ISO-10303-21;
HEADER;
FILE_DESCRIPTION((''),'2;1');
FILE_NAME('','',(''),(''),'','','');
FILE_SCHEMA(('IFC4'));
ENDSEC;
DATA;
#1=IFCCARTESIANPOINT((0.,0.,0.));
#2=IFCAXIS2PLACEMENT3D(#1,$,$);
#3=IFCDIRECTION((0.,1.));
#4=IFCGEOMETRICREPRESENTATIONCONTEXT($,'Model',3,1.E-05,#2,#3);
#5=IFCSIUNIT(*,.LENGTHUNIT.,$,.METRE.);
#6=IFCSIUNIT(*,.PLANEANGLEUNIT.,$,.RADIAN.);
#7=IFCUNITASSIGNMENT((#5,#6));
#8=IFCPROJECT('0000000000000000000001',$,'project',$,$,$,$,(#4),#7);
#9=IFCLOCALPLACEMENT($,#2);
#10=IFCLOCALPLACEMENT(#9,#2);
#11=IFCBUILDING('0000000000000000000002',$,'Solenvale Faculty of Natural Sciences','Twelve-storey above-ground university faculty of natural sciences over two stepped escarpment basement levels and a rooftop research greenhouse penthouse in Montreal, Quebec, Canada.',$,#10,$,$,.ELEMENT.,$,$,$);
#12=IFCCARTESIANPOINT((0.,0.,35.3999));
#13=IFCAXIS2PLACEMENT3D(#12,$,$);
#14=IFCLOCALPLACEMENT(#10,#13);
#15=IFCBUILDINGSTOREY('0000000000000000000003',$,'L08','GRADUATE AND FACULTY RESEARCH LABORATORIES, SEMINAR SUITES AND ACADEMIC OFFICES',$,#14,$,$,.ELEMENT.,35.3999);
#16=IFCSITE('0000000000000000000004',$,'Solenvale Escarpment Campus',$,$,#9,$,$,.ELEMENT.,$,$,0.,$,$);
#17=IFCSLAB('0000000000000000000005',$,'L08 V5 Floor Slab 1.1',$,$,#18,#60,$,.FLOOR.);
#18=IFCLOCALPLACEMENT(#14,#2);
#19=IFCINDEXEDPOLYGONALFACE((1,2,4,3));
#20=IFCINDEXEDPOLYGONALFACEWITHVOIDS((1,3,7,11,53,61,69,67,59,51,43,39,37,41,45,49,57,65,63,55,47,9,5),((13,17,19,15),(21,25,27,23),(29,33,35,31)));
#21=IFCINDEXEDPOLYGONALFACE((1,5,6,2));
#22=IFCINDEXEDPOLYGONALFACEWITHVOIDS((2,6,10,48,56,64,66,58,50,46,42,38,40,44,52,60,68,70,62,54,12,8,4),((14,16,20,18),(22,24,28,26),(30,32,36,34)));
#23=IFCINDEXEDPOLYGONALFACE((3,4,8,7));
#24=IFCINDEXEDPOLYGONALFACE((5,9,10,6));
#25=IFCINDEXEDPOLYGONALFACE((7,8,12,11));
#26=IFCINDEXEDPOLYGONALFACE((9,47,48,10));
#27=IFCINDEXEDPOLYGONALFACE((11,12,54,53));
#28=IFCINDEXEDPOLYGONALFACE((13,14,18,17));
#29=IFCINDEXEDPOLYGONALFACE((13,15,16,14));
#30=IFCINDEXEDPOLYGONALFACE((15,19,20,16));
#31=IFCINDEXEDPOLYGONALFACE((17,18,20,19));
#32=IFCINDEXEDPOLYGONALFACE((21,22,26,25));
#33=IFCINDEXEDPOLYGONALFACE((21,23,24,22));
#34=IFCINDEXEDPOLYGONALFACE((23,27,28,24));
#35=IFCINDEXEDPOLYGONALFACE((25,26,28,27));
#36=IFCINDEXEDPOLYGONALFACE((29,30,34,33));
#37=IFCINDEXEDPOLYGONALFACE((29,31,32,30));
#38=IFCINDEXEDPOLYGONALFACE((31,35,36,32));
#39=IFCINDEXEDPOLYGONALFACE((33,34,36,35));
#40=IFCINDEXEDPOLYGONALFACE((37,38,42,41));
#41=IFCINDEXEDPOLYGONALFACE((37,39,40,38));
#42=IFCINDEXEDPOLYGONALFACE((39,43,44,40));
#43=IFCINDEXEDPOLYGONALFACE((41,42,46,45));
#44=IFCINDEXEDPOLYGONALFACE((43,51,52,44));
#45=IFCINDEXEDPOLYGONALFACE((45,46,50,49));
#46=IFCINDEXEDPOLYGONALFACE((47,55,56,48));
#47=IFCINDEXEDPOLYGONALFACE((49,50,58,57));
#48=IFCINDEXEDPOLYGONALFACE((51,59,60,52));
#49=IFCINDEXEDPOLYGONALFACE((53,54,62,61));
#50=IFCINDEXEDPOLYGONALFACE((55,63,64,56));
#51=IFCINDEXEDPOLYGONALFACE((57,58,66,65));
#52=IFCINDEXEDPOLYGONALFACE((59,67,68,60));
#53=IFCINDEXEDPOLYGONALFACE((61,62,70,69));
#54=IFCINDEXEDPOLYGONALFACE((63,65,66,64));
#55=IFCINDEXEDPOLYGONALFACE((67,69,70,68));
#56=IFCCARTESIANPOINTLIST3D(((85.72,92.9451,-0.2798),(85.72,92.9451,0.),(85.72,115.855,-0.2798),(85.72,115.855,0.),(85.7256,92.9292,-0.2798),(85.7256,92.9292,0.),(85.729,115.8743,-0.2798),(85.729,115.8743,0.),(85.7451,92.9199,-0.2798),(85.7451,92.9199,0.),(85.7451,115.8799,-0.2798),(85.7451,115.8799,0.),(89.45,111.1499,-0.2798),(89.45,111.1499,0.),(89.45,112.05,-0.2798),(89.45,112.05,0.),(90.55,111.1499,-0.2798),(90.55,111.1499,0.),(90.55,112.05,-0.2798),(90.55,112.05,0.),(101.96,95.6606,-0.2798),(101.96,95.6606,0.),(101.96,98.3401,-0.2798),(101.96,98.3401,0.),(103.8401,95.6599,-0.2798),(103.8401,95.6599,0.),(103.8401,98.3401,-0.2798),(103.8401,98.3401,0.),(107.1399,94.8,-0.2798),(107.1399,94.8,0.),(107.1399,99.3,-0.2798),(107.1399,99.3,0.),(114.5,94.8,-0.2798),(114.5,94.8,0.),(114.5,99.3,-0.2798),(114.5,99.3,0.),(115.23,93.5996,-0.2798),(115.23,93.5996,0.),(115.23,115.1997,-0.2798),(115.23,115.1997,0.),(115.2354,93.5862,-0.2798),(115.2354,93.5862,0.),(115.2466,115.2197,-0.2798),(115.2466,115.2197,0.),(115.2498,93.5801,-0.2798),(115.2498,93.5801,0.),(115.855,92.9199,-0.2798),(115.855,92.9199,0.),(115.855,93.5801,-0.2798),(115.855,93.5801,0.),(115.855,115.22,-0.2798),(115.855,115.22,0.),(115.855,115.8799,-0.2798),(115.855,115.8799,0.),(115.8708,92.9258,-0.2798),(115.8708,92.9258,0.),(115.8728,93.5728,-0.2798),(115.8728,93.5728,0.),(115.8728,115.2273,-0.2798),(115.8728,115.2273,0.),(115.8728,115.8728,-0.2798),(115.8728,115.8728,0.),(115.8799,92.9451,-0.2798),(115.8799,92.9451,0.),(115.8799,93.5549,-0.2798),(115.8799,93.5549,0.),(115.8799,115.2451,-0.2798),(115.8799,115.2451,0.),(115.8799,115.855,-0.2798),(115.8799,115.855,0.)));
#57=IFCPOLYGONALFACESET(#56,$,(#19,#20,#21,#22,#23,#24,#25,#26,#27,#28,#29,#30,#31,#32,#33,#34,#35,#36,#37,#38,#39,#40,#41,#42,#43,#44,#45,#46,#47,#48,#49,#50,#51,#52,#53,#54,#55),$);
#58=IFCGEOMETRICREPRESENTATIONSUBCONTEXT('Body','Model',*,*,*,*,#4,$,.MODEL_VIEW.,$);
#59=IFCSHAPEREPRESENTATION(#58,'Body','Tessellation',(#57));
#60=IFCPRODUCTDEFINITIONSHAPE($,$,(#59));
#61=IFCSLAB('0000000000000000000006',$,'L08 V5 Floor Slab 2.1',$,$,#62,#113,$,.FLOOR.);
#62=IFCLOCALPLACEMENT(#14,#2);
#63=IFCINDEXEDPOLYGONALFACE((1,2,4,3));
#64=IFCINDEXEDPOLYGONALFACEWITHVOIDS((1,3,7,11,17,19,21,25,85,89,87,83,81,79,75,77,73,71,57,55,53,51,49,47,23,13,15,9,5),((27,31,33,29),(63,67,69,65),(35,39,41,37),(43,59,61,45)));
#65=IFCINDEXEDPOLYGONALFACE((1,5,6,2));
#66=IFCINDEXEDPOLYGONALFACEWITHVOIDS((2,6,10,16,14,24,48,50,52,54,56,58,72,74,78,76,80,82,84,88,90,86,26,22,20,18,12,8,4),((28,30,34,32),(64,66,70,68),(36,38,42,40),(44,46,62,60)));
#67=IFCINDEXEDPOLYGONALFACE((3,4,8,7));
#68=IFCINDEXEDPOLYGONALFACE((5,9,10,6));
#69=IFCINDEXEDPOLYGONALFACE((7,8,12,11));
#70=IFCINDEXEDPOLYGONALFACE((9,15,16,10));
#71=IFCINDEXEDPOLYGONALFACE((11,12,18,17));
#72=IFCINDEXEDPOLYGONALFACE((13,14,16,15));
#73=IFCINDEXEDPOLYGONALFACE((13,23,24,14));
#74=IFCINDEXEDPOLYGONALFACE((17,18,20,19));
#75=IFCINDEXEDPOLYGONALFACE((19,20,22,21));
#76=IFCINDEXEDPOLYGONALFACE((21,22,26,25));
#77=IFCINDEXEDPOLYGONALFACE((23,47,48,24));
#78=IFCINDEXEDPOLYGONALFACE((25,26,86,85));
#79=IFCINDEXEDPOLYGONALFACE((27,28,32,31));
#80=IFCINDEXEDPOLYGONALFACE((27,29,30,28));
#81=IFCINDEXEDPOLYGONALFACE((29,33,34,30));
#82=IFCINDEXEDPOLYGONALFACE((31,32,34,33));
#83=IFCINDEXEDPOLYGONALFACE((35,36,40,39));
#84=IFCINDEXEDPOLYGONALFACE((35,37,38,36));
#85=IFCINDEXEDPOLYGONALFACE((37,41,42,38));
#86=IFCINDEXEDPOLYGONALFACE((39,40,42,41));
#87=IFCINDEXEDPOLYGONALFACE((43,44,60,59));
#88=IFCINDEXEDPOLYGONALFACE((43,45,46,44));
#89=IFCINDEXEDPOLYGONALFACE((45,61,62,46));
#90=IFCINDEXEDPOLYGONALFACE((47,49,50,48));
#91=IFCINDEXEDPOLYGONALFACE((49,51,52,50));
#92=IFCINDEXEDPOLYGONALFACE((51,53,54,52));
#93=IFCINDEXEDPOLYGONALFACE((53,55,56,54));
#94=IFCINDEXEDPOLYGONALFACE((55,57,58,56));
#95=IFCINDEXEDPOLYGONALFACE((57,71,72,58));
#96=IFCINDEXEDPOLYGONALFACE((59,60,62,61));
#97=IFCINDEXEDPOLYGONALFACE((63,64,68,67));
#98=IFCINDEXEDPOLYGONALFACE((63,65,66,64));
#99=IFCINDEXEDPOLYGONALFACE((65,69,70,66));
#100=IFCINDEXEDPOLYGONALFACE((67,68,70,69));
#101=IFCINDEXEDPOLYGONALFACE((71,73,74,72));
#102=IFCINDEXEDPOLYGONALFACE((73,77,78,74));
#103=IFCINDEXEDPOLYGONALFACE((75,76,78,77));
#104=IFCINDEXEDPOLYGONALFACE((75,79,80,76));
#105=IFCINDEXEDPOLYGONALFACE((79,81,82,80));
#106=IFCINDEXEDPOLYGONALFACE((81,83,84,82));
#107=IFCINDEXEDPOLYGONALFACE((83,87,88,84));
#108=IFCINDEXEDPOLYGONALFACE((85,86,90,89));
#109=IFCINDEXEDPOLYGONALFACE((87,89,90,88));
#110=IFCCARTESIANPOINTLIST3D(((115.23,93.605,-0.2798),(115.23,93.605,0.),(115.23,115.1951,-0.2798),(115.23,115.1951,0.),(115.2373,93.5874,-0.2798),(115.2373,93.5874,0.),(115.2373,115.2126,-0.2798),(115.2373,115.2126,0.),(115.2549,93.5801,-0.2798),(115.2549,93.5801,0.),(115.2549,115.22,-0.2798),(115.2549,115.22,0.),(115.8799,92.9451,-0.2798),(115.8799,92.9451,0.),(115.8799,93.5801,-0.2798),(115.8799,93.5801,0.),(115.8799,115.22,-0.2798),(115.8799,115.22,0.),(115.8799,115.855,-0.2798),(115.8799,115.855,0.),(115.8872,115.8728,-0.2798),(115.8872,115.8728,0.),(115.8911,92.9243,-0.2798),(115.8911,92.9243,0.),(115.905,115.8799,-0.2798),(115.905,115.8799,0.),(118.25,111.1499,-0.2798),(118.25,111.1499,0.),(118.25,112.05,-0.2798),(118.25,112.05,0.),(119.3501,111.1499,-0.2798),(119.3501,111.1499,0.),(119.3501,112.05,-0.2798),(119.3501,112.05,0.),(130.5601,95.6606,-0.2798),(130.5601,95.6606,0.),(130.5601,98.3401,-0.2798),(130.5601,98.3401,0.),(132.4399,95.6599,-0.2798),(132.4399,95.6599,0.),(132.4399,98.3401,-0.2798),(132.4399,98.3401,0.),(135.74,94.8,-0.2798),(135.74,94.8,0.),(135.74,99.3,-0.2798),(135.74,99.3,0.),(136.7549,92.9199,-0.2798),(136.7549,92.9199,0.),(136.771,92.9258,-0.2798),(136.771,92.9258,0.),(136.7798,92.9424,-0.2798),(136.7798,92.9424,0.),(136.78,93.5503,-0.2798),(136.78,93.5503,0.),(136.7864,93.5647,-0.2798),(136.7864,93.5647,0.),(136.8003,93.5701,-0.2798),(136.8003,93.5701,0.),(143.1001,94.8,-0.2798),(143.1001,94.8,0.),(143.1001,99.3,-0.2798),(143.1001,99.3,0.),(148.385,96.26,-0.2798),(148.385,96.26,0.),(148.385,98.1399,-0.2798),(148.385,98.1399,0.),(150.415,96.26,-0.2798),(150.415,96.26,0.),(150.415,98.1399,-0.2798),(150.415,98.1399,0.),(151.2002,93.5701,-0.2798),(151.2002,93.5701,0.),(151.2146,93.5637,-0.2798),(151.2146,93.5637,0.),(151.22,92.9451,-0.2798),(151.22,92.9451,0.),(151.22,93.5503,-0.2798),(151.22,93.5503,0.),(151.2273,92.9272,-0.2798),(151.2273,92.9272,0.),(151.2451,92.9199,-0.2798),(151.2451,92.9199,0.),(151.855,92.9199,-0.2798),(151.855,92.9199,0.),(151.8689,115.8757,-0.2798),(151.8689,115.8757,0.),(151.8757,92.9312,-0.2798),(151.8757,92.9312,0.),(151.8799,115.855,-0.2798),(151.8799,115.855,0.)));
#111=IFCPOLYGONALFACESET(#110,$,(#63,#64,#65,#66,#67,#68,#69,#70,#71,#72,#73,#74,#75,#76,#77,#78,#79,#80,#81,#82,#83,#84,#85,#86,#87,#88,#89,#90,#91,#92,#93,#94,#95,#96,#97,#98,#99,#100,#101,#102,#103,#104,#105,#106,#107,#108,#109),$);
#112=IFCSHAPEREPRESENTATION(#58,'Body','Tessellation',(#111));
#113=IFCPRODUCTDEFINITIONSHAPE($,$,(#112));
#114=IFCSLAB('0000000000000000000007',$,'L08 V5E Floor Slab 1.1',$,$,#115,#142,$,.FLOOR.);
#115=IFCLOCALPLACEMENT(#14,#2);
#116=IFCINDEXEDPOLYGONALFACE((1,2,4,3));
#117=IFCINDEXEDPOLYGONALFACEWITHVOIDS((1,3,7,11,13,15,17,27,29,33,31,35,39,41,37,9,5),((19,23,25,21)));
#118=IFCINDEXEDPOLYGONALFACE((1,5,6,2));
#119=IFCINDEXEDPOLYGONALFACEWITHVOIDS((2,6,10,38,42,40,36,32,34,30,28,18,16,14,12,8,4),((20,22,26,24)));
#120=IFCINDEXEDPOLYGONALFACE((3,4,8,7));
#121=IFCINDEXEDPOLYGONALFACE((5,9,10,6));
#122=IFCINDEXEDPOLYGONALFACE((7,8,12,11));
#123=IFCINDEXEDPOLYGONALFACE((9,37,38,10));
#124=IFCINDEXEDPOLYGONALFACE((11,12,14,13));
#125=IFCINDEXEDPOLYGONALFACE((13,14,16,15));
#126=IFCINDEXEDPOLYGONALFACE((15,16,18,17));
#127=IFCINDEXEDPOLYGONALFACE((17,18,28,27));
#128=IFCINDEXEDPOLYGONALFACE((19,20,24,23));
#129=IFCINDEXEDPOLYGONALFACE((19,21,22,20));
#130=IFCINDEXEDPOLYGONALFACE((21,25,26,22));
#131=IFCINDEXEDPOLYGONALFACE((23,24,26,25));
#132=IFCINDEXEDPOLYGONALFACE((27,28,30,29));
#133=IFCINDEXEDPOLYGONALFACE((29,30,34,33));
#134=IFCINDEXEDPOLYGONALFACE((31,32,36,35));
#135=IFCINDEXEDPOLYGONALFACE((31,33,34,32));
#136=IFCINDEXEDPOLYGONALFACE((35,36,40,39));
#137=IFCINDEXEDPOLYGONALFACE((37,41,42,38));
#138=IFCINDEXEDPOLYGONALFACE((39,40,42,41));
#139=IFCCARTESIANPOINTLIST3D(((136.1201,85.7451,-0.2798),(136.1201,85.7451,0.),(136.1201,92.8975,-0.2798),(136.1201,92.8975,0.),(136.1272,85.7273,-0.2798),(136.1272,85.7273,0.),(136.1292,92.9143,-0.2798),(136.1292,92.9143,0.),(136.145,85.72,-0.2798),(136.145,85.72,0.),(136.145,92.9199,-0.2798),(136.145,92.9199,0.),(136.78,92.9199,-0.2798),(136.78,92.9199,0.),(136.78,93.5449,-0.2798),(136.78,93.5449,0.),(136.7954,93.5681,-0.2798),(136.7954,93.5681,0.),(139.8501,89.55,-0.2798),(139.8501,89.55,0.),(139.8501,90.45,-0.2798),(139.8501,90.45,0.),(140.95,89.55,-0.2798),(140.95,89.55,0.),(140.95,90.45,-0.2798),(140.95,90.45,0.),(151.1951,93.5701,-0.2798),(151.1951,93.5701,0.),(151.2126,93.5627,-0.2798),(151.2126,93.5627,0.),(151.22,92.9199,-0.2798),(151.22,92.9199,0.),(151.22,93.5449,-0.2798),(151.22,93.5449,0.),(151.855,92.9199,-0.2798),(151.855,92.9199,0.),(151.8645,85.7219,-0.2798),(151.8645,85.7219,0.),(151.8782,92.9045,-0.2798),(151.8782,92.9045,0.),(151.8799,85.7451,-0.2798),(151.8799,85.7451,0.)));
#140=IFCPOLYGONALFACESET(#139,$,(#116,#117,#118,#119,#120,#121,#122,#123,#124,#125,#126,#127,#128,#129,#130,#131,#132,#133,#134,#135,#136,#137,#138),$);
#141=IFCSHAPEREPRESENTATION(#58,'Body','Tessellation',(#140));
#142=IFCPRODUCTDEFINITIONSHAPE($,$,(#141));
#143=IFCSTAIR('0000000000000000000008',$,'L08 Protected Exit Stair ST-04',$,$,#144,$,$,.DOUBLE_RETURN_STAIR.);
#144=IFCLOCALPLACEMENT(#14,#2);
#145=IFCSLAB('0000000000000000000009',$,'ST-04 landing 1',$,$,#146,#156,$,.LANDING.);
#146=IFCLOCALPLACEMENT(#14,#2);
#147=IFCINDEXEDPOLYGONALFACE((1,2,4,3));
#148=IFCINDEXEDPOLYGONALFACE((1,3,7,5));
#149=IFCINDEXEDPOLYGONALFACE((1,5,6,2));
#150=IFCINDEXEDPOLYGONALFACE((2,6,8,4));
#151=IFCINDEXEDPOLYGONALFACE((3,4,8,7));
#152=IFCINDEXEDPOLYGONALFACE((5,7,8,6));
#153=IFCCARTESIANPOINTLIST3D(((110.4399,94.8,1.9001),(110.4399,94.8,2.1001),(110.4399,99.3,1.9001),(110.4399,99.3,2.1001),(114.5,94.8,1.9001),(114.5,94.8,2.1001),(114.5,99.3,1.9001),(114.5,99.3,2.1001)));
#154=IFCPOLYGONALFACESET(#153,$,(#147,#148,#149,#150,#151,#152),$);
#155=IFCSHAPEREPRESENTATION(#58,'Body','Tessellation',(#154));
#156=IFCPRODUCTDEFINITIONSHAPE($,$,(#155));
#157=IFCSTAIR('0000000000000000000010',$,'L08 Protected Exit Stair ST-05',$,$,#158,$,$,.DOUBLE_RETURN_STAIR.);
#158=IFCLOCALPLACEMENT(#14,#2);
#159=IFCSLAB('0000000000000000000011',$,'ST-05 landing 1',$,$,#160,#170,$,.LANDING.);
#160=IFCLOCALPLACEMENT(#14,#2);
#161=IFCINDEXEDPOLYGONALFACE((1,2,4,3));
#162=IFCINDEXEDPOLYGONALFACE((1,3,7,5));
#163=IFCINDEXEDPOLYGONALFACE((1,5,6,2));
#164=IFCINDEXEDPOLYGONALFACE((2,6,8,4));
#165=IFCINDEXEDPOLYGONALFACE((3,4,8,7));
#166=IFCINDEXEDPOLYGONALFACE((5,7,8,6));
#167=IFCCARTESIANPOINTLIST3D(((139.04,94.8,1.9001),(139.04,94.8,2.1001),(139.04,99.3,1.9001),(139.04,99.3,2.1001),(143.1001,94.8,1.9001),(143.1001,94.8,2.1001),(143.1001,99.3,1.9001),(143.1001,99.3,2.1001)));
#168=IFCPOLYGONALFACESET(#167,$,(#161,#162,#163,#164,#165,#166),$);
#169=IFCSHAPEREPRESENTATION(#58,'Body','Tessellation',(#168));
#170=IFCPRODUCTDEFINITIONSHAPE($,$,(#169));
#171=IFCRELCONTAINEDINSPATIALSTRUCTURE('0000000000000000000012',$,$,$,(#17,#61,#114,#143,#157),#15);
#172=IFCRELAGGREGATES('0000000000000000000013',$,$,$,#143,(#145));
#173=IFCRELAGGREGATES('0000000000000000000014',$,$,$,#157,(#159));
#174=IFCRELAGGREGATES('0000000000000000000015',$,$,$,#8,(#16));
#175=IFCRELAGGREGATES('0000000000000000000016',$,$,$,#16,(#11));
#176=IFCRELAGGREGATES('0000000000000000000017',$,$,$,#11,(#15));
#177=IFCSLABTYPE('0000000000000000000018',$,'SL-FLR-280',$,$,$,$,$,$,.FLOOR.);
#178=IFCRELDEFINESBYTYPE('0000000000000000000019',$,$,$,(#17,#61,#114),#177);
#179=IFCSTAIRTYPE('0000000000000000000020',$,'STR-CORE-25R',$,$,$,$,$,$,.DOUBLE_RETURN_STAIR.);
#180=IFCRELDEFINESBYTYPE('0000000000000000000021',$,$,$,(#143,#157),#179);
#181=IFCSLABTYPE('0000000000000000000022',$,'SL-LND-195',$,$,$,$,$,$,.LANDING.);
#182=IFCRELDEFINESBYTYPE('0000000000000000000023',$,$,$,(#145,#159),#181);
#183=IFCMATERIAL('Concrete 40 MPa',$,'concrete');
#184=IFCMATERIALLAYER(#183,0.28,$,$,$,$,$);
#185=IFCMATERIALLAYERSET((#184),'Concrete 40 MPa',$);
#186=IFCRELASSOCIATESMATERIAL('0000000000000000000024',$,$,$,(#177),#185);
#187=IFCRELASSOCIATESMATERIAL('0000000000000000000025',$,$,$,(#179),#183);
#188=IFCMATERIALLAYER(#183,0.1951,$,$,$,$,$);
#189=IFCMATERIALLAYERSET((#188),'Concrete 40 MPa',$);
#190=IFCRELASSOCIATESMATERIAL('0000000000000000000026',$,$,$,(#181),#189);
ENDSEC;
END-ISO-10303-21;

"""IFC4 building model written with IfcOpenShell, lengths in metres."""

from ifc_helpers import new_model, si_unit, direction, frame, origin, place, context, subcontext, project, spatial, polyline, outline, extrude, material, layer, layer_set, type_object, element, aggregate, save


model = new_model("IFC4")

# Units and contexts
model_context = context("Model", 3, precision=1e-05, world=origin(), true_north=direction((0.0, 1.0)))
body_context = subcontext(model_context, "Body", "Model", "MODEL_VIEW")
ifc_project = project(units=[si_unit("LENGTHUNIT", "METRE"), si_unit("PLANEANGLEUNIT", "RADIAN")], contexts=[model_context])

# Site, building, storey
site_placement = place(None, origin())
site = spatial("IfcSite", under=ifc_project, at=site_placement, Name="Solenvale Escarpment Campus", CompositionType="ELEMENT", RefElevation=0.0)
building_placement = place(site_placement, origin())
building = spatial("IfcBuilding", under=site, at=building_placement, Name="Solenvale Faculty of Natural Sciences", Description="Twelve-storey above-ground university faculty of natural sciences over two stepped escarpment basement levels and a rooftop research greenhouse penthouse in Montreal, Quebec, Canada.", CompositionType="ELEMENT")
storey_placement = place(building_placement, frame((0.0, 0.0, 35.3999)))
storey = spatial("IfcBuildingStorey", under=building, at=storey_placement, Name="L08", Description="GRADUATE AND FACULTY RESEARCH LABORATORIES, SEMINAR SUITES AND ACADEMIC OFFICES", CompositionType="ELEMENT", Elevation=35.3999)

# Slabs
ifc_material_1 = material(Name="Concrete 40 MPa", Category="concrete")
ifc_layer_1 = layer(ifc_material_1, 0.28)
ifc_layer_set_1 = layer_set([ifc_layer_1], Name="Concrete 40 MPa")
slab_type_1 = type_object("IfcSlabType", Name="SL-FLR-280", PredefinedType="FLOOR", material=ifc_layer_set_1)
slab_1_placement = place(storey_placement, frame((0.0, 0.0, -0.2798)))
element("IfcSlab", 1, at=slab_1_placement, inside=storey, type_object=slab_type_1, Name="L08 V5 Floor Slab 1.1", PredefinedType="FLOOR", context=body_context, shape_type="SweptSolid", body=[
    extrude(outline(polyline([(115.2466, 115.2197), (115.23, 115.1997), (115.23, 93.5996), (115.2354, 93.5862), (115.2498, 93.5801), (115.855, 93.5801), (115.8728, 93.5728), (115.8799, 93.5549), (115.8799, 92.9451), (115.8708, 92.9258), (115.855, 92.9199), (85.7451, 92.9199), (85.7256, 92.9292), (85.72, 92.9451), (85.72, 115.855), (85.729, 115.8743), (85.7451, 115.8799), (115.855, 115.8799), (115.8728, 115.8728), (115.8799, 115.855), (115.8799, 115.2451), (115.8728, 115.2273), (115.855, 115.22), (115.2466, 115.2197)]), holes=[polyline([(107.1399, 94.8), (114.5, 94.8), (114.5, 99.3), (107.1399, 99.3), (107.1399, 94.8)]), polyline([(101.96, 95.6606), (103.8401, 95.6599), (103.8401, 98.3401), (101.96, 98.3401), (101.96, 95.6606)]), polyline([(89.45, 111.1499), (90.55, 111.1499), (90.55, 112.05), (89.45, 112.05), (89.45, 111.1499)])]), origin(), (0.0, 0.0, 1.0), 0.2798),
])
slab_2_placement = place(storey_placement, frame((0.0, 0.0, -0.2798)))
element("IfcSlab", 2, at=slab_2_placement, inside=storey, type_object=slab_type_1, Name="L08 V5 Floor Slab 2.1", PredefinedType="FLOOR", context=body_context, shape_type="SweptSolid", body=[
    extrude(outline(polyline([(115.23, 115.1951), (115.2373, 115.2126), (115.2549, 115.22), (115.8799, 115.22), (115.8799, 115.855), (115.8872, 115.8728), (115.905, 115.8799), (151.8689, 115.8757), (151.8799, 115.855), (151.8757, 92.9312), (151.855, 92.9199), (151.2451, 92.9199), (151.2273, 92.9272), (151.22, 92.9451), (151.22, 93.5503), (151.2146, 93.5637), (151.2002, 93.5701), (136.8003, 93.5701), (136.7864, 93.5647), (136.78, 93.5503), (136.7798, 92.9424), (136.771, 92.9258), (136.7549, 92.9199), (115.8911, 92.9243), (115.8799, 92.9451), (115.8799, 93.5801), (115.2549, 93.5801), (115.2373, 93.5874), (115.23, 93.605), (115.23, 115.1951)]), holes=[polyline([(148.385, 96.26), (150.415, 96.26), (150.415, 98.1399), (148.385, 98.1399), (148.385, 96.26)]), polyline([(135.74, 94.8), (143.1001, 94.8), (143.1001, 99.3), (135.74, 99.3), (135.74, 94.8)]), polyline([(130.5601, 95.6606), (132.4399, 95.6599), (132.4399, 98.3401), (130.5601, 98.3401), (130.5601, 95.6606)]), polyline([(118.25, 111.1499), (119.3501, 111.1499), (119.3501, 112.05), (118.25, 112.05), (118.25, 111.1499)])]), origin(), (0.0, 0.0, 1.0), 0.2798),
])
slab_3_placement = place(storey_placement, frame((0.0, 0.0, -0.2798)))
element("IfcSlab", 3, at=slab_3_placement, inside=storey, type_object=slab_type_1, Name="L08 V5E Floor Slab 1.1", PredefinedType="FLOOR", context=body_context, shape_type="SweptSolid", body=[
    extrude(outline(polyline([(136.145, 85.72), (136.1272, 85.7273), (136.1201, 85.7451), (136.1201, 92.8975), (136.1292, 92.9143), (136.145, 92.9199), (136.78, 92.9199), (136.78, 93.5449), (136.7954, 93.5681), (151.1951, 93.5701), (151.2126, 93.5627), (151.22, 93.5449), (151.22, 92.9199), (151.855, 92.9199), (151.8782, 92.9045), (151.8799, 85.7451), (151.8645, 85.7219), (136.145, 85.72)]), holes=[polyline([(139.8501, 89.55), (140.95, 89.55), (140.95, 90.45), (139.8501, 90.45), (139.8501, 89.55)])]), origin(), (0.0, 0.0, 1.0), 0.2798),
])

# Stairs, slabs
stair_type = type_object("IfcStairType", Name="STR-CORE-25R", PredefinedType="DOUBLE_RETURN_STAIR", material=ifc_material_1)
stair_1_placement = place(storey_placement, origin())
stair_1 = element("IfcStair", 4, at=stair_1_placement, inside=storey, type_object=stair_type, Name="L08 Protected Exit Stair ST-04", PredefinedType="DOUBLE_RETURN_STAIR")
ifc_layer_2 = layer(ifc_material_1, 0.1951)
ifc_layer_set_2 = layer_set([ifc_layer_2], Name="Concrete 40 MPa")
slab_type_2 = type_object("IfcSlabType", Name="SL-LND-195", PredefinedType="LANDING", material=ifc_layer_set_2)
slab_4_placement = place(storey_placement, frame((0.0, 0.0, 1.9001)))
slab_4 = element("IfcSlab", 5, at=slab_4_placement, type_object=slab_type_2, Name="ST-04 landing 1", PredefinedType="LANDING", context=body_context, shape_type="SweptSolid", body=[
    extrude(outline(polyline([(110.4399, 94.8), (114.5, 94.8), (114.5, 99.3), (110.4399, 99.3), (110.4399, 94.8)])), origin(), (0.0, 0.0, 1.0), 0.2),
])
aggregate(stair_1, [slab_4])
stair_2_placement = place(storey_placement, origin())
stair_2 = element("IfcStair", 6, at=stair_2_placement, inside=storey, type_object=stair_type, Name="L08 Protected Exit Stair ST-05", PredefinedType="DOUBLE_RETURN_STAIR")
slab_5_placement = place(storey_placement, frame((0.0, 0.0, 1.9001)))
slab_5 = element("IfcSlab", 7, at=slab_5_placement, type_object=slab_type_2, Name="ST-05 landing 1", PredefinedType="LANDING", context=body_context, shape_type="SweptSolid", body=[
    extrude(outline(polyline([(139.04, 94.8), (143.1001, 94.8), (143.1001, 99.3), (139.04, 99.3), (139.04, 94.8)])), origin(), (0.0, 0.0, 1.0), 0.2),
])
aggregate(stair_2, [slab_5])

save(model, "model.ifc")
